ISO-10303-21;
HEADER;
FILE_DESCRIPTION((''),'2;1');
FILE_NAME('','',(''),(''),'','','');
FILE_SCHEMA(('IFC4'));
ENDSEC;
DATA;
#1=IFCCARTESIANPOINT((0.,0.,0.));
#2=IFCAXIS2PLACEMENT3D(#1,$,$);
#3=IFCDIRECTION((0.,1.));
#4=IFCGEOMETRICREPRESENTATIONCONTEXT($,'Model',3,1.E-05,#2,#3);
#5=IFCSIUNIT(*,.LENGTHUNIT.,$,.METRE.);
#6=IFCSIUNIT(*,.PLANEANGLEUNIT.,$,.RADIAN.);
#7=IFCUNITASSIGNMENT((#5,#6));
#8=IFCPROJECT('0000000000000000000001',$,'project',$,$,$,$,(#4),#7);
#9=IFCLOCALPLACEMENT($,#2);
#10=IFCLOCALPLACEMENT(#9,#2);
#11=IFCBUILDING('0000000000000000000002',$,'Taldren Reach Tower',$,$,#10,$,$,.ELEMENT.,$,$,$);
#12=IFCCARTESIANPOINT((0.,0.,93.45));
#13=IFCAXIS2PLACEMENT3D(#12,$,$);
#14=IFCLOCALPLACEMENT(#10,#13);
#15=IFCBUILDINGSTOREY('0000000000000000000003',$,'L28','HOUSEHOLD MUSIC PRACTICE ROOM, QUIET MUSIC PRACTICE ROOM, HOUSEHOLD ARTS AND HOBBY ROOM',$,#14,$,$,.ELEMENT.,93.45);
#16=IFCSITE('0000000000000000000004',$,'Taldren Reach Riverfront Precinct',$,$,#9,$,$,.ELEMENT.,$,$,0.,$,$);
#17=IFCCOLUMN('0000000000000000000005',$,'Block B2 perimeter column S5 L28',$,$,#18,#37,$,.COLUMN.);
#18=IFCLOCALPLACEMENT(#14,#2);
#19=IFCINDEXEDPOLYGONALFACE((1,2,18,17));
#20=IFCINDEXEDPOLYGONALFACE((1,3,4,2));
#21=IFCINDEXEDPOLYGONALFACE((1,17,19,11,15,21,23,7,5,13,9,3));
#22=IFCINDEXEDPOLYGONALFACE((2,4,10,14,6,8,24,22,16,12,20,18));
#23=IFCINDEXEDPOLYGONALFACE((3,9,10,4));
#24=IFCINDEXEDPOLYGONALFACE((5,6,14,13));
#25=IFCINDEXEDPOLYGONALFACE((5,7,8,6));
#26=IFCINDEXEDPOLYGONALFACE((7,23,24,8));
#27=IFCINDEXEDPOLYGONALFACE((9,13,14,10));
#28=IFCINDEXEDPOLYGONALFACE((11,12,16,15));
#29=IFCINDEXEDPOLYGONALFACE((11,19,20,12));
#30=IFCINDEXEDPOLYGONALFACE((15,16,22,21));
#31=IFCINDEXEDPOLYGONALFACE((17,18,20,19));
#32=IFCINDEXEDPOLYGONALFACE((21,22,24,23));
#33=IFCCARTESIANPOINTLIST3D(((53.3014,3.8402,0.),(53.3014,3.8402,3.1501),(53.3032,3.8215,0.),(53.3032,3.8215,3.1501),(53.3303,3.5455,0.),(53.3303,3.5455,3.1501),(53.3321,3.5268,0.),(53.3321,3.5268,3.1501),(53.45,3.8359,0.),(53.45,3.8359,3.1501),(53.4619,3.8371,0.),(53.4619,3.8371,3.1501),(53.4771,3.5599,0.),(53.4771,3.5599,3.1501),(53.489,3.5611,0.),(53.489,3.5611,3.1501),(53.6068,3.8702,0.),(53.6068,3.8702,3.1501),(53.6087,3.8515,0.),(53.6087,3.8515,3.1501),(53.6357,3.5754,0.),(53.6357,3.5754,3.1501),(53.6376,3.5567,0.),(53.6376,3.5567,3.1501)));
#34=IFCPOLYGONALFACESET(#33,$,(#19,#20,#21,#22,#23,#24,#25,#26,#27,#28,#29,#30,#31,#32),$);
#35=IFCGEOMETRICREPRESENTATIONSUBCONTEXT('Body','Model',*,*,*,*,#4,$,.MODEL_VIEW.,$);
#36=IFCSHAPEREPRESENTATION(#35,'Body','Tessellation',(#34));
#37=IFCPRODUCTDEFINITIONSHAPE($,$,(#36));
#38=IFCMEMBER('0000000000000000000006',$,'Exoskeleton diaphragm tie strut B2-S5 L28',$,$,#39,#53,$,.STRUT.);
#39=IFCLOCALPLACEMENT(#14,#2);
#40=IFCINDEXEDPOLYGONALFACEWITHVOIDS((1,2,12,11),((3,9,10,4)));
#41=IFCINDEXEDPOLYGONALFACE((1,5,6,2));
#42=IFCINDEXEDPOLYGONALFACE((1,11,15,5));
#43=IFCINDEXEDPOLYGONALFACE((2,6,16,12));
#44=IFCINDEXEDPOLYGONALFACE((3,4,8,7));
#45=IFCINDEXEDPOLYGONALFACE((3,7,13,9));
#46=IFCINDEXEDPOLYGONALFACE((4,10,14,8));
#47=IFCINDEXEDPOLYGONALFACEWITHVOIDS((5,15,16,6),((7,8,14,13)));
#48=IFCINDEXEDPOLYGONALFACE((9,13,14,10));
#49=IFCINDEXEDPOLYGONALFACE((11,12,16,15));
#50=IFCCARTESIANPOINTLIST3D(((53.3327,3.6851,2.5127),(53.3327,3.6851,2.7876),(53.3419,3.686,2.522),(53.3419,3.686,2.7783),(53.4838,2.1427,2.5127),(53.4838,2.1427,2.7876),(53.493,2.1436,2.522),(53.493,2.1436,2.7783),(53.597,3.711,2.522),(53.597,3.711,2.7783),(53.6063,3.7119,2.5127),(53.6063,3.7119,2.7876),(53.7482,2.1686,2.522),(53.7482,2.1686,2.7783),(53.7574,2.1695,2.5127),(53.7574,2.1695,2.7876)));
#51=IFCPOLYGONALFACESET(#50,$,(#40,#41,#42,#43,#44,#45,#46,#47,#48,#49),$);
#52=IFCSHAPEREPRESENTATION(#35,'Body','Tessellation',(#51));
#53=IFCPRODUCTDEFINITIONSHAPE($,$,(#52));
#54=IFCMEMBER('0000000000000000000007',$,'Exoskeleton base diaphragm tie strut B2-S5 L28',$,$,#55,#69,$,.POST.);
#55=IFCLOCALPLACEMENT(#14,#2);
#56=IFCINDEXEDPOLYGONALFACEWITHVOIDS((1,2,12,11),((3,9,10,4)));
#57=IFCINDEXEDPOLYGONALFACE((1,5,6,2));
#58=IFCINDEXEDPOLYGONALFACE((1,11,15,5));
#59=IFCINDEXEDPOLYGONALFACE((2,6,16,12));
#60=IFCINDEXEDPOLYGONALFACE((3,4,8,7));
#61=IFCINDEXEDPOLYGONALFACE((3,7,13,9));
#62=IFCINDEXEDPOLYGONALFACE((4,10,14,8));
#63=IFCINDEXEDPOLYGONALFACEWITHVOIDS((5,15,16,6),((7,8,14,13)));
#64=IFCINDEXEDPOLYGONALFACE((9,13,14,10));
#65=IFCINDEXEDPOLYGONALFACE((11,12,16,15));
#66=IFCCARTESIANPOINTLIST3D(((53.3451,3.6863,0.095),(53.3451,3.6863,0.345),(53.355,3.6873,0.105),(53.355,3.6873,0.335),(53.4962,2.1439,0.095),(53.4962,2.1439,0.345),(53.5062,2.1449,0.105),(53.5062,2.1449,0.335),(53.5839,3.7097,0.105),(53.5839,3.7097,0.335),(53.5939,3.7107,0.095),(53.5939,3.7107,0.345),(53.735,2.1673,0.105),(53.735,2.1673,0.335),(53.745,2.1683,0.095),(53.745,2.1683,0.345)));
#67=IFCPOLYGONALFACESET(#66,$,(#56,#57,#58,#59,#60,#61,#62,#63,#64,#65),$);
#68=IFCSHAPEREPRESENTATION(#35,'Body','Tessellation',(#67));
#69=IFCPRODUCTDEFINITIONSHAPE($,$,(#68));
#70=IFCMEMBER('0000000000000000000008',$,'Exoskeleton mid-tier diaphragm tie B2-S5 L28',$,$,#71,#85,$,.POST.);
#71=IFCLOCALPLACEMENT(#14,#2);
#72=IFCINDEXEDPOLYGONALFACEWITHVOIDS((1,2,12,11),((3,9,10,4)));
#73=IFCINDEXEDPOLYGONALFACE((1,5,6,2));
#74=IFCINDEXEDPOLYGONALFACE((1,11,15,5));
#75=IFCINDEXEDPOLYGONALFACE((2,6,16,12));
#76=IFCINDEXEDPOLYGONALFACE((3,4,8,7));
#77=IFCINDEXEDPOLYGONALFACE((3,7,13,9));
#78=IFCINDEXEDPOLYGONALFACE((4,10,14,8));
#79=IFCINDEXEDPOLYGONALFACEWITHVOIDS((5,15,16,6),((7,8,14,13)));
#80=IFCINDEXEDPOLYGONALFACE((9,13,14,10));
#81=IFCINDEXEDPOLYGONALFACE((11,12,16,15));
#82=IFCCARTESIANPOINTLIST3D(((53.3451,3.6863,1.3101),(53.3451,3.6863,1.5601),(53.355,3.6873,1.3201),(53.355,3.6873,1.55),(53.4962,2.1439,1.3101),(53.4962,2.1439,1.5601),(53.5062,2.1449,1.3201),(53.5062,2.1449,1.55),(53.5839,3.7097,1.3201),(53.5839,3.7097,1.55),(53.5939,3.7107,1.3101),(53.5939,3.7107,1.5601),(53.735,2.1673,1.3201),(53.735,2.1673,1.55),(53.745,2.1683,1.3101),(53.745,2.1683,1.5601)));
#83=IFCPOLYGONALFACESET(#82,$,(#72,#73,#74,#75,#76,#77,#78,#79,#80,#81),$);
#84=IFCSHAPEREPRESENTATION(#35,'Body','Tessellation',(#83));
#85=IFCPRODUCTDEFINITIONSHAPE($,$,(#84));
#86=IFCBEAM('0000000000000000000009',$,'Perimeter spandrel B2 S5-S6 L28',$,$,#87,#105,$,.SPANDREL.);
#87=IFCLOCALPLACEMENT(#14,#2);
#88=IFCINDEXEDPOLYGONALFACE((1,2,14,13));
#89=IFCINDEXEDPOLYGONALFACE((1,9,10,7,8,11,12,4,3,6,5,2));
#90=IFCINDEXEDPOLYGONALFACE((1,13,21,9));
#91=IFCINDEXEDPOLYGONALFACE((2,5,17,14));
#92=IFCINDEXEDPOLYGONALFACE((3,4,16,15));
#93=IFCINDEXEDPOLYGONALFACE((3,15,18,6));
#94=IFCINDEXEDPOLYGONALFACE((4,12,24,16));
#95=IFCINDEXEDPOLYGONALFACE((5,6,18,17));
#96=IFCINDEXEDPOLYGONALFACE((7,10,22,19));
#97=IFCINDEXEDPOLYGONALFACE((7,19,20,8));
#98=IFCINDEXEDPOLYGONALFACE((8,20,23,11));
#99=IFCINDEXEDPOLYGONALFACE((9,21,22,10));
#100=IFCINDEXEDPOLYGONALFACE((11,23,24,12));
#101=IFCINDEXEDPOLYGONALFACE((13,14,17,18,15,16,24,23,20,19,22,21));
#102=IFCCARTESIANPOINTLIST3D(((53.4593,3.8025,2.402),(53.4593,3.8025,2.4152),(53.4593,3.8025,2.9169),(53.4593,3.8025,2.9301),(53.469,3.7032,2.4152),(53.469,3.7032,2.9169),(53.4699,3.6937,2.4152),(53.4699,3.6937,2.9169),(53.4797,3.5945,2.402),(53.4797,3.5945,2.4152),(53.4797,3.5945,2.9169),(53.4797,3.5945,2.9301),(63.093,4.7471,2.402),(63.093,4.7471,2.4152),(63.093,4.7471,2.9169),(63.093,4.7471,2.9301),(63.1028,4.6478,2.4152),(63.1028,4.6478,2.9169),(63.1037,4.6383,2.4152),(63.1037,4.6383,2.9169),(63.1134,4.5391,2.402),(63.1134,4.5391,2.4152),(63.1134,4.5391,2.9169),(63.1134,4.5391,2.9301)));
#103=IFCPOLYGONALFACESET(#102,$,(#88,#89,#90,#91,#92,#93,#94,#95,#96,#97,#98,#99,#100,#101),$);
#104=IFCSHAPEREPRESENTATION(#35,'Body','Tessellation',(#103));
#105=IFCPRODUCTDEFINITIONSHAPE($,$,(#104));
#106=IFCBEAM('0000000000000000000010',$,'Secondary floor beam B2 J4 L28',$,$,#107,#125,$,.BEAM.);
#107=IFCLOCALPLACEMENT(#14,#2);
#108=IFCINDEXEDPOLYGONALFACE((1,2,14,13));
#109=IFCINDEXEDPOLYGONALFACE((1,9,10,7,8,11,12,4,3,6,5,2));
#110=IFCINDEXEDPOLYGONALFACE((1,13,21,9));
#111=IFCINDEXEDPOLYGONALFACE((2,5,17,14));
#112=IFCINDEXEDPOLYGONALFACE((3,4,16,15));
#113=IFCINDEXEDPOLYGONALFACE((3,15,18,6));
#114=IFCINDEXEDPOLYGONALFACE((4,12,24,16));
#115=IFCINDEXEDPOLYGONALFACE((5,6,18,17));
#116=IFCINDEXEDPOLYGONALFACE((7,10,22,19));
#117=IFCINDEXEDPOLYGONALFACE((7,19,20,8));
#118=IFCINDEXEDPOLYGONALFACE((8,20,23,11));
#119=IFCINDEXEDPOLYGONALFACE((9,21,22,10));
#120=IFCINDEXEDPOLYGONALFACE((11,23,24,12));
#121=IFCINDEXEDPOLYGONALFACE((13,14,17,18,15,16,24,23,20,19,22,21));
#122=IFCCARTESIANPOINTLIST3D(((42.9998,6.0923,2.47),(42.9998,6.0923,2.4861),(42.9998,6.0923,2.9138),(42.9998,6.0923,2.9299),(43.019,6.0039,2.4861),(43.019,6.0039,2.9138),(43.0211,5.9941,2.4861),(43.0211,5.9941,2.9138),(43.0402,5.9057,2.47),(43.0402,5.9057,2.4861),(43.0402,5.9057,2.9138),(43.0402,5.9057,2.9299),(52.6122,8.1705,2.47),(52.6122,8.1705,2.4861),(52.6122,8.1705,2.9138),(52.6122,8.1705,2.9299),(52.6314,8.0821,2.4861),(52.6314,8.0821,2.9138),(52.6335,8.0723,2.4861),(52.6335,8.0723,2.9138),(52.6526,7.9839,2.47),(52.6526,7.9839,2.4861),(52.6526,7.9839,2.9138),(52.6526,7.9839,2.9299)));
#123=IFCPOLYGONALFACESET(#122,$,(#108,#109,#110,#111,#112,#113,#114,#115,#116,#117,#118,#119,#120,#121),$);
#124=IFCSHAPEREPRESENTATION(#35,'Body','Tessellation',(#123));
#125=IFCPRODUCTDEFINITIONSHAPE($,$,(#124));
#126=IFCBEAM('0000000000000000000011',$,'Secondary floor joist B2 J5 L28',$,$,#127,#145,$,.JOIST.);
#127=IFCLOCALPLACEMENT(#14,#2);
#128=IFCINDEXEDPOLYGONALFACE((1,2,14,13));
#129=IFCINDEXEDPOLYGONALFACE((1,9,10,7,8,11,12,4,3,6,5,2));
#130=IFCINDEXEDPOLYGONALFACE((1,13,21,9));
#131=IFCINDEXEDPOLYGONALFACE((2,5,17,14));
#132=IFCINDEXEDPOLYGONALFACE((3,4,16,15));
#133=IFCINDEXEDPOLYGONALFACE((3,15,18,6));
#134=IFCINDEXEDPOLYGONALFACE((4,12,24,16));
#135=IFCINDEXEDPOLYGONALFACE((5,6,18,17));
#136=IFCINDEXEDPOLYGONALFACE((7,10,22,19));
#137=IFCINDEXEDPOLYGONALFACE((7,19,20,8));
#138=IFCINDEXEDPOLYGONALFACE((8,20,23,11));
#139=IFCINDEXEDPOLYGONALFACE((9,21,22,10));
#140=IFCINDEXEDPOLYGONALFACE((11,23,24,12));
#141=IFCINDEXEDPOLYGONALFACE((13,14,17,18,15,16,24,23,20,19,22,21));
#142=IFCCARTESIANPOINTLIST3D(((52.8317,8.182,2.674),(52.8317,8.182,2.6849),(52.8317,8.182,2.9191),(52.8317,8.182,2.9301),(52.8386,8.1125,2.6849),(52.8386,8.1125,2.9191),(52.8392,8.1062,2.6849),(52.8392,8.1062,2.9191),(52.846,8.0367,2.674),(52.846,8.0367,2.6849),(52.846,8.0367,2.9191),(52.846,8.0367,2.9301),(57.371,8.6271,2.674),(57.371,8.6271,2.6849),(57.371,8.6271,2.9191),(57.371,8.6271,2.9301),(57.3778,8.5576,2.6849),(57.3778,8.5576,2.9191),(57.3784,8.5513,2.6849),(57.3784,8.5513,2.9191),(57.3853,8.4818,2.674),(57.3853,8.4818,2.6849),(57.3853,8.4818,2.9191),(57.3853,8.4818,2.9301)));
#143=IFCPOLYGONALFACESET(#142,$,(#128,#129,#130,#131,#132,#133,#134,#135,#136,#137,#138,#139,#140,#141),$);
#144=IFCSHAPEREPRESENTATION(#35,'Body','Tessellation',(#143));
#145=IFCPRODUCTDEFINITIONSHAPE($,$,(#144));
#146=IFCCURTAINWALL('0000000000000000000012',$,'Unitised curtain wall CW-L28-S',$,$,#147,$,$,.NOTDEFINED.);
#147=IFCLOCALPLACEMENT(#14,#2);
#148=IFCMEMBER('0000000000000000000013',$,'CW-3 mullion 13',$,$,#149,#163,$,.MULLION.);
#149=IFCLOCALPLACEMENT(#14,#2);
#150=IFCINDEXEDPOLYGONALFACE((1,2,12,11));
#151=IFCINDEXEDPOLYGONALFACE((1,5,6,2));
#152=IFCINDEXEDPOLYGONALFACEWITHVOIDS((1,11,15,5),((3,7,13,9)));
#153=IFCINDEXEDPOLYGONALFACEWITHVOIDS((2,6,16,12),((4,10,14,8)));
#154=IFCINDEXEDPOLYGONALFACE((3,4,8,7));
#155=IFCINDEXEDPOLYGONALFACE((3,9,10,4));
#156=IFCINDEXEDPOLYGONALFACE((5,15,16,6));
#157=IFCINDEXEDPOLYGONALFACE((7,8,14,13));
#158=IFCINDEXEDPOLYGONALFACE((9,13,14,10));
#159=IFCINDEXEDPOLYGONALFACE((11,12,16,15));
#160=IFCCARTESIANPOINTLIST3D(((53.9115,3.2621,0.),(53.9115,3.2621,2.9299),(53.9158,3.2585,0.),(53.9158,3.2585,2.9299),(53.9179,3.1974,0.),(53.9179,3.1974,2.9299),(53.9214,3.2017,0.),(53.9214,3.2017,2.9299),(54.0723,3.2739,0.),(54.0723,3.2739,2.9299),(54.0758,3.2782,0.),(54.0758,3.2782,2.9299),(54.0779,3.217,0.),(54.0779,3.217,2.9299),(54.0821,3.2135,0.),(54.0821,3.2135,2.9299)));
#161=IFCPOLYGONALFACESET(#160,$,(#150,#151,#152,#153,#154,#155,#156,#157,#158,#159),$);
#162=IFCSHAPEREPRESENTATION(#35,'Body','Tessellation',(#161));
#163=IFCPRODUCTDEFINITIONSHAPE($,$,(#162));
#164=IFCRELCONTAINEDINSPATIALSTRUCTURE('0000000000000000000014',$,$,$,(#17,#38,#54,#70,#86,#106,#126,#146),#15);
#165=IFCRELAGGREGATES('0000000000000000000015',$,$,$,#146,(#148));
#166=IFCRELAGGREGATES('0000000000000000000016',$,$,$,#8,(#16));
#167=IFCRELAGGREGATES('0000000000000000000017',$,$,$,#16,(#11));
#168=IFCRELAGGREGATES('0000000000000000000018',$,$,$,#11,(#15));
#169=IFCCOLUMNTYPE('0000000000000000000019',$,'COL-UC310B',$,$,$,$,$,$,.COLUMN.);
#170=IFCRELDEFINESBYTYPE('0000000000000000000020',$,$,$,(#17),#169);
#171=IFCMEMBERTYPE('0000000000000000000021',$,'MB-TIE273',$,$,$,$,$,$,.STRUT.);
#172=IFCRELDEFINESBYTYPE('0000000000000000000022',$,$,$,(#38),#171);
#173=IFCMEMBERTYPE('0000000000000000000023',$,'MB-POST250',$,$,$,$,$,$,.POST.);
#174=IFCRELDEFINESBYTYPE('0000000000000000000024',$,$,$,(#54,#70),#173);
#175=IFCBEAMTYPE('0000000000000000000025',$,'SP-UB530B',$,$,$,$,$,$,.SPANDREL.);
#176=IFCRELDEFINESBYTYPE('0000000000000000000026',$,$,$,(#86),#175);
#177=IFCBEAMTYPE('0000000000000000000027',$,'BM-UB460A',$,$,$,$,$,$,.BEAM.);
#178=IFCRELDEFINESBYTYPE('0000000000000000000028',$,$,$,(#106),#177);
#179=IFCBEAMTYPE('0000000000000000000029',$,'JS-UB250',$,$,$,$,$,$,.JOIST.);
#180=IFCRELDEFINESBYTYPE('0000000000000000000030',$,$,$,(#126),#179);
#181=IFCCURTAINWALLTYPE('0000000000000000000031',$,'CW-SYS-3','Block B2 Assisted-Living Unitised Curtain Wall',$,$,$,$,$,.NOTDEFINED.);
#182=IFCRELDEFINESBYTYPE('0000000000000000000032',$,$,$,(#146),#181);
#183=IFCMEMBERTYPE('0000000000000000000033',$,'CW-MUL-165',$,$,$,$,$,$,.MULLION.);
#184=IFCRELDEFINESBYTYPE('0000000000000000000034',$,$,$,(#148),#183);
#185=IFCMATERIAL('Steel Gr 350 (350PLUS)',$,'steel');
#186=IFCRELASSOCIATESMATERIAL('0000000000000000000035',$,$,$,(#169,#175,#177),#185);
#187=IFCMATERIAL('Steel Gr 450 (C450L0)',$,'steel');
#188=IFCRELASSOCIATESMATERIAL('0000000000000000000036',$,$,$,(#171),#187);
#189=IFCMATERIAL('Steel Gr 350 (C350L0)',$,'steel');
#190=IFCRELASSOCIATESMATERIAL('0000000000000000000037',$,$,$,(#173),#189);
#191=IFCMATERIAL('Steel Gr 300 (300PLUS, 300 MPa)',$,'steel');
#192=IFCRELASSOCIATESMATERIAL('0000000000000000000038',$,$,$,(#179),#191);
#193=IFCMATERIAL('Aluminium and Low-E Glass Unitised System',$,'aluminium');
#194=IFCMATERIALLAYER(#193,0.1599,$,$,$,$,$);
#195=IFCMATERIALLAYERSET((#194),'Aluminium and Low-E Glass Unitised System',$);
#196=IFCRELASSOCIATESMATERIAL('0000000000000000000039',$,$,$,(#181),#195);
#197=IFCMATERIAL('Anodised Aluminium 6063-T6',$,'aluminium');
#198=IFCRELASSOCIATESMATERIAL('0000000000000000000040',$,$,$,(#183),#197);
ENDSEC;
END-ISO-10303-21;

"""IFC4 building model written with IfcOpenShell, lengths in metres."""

from ifc_helpers import new_model, si_unit, direction, frame, origin, origin_2d, place, context, subcontext, project, spatial, hollow_rectangle, i_section, extrude, source, transform, mapped, material, layer, layer_set, material_profile, profile_set, type_object, element, aggregate, save


model = new_model("IFC4")

# Units and contexts
model_context = context("Model", 3, precision=1e-05, world=origin(), true_north=direction((0.0, 1.0)))
body_context = subcontext(model_context, "Body", "Model", "MODEL_VIEW")
ifc_project = project(units=[si_unit("LENGTHUNIT", "METRE"), si_unit("PLANEANGLEUNIT", "RADIAN")], contexts=[model_context])

# Site, building, storey
site_placement = place(None, origin())
site = spatial("IfcSite", under=ifc_project, at=site_placement, Name="Taldren Reach Riverfront Precinct", CompositionType="ELEMENT", RefElevation=0.0)
building_placement = place(site_placement, origin())
building = spatial("IfcBuilding", under=site, at=building_placement, Name="Taldren Reach Tower", CompositionType="ELEMENT")
storey_placement = place(building_placement, frame((0.0, 0.0, 93.45)))
storey = spatial("IfcBuildingStorey", under=building, at=storey_placement, Name="L28", Description="HOUSEHOLD MUSIC PRACTICE ROOM, QUIET MUSIC PRACTICE ROOM, HOUSEHOLD ARTS AND HOBBY ROOM", CompositionType="ELEMENT", Elevation=93.45)

# Column
ifc_material_1 = material(Name="Steel Gr 350 (350PLUS)", Category="steel")
ifc_material_profile_1 = material_profile(ifc_material_1, i_section(OverallWidth=0.3069, OverallDepth=0.3149, WebThickness=0.012, FlangeThickness=0.0188, at=origin_2d()), Name="310UC118")
ifc_profile_set_1 = profile_set([ifc_material_profile_1], Name="Steel Gr 350 (350PLUS)")
column_type = type_object("IfcColumnType", Name="COL-UC310B", PredefinedType="COLUMN", material=ifc_profile_set_1)
shared_shape_1 = source(origin(), body_context, "Body", "SweptSolid", [
    extrude(i_section(OverallWidth=0.3069, OverallDepth=0.3149, WebThickness=0.012, FlangeThickness=0.0188, at=origin_2d()), origin(), (0.0, 0.0, 1.0), 3.1501),
])
column_placement = place(storey_placement, frame((53.4695, 3.6985, 0.0), z_axis=(0.0, 0.0, 1.0), x_axis=(0.995227, 0.097583, 0.0)))
element("IfcColumn", 1, at=column_placement, inside=storey, type_object=column_type, Name="Block B2 perimeter column S5 L28", PredefinedType="COLUMN", context=body_context, shape_type="MappedRepresentation", body=[
    mapped(shared_shape_1, transform((0.0, 0.0, 0.0), scale=1.0)),
])

# Members
ifc_material_2 = material(Name="Steel Gr 450 (C450L0)", Category="steel")
ifc_material_profile_2 = material_profile(ifc_material_2, hollow_rectangle(XDim=0.2749, YDim=0.2749, WallThickness=0.0093, at=origin_2d()), Name="275x275x9.3SHS")
ifc_profile_set_2 = profile_set([ifc_material_profile_2], Name="Steel Gr 450 (C450L0)")
member_type_1 = type_object("IfcMemberType", Name="MB-TIE273", PredefinedType="STRUT", material=ifc_profile_set_2)
shared_shape_2 = source(origin(), body_context, "Body", "SweptSolid", [
    extrude(hollow_rectangle(XDim=0.2749, YDim=0.2749, WallThickness=0.0093, at=origin_2d()), origin(), (0.0, 0.0, 1.0), 1.5498),
])
member_1_placement = place(storey_placement, frame((53.4695, 3.6985, 2.6501), z_axis=(0.097507, -0.995235, 0.0), x_axis=(0.995235, 0.097507, 0.0)))
element("IfcMember", 2, at=member_1_placement, inside=storey, type_object=member_type_1, Name="Exoskeleton diaphragm tie strut B2-S5 L28", PredefinedType="STRUT", context=body_context, shape_type="MappedRepresentation", body=[
    mapped(shared_shape_2, transform((0.0, 0.0, 0.0), scale=1.0)),
])
ifc_material_3 = material(Name="Steel Gr 350 (C350L0)", Category="steel")
ifc_material_profile_3 = material_profile(ifc_material_3, hollow_rectangle(XDim=0.25, YDim=0.25, WallThickness=0.01, at=origin_2d()), Name="250x250x10.0SHS")
ifc_profile_set_3 = profile_set([ifc_material_profile_3], Name="Steel Gr 350 (C350L0)")
member_type_2 = type_object("IfcMemberType", Name="MB-POST250", PredefinedType="POST", material=ifc_profile_set_3)
shared_shape_3 = source(origin(), body_context, "Body", "SweptSolid", [
    extrude(hollow_rectangle(XDim=0.25, YDim=0.25, WallThickness=0.01, at=origin_2d()), origin(), (0.0, 0.0, 1.0), 1.5498),
])
for number, where, z_axis, x_axis, name in (
    (3, (53.4695, 3.6985, 0.22), (0.097507, -0.995235, 0.0), (0.995235, 0.097507, 0.0), "Exoskeleton base diaphragm tie strut B2-S5 L28"),
    (4, (53.4695, 3.6985, 1.4351), (0.097507, -0.995235, 0.0), (0.995235, 0.097507, 0.0), "Exoskeleton mid-tier diaphragm tie B2-S5 L28"),
):
    element("IfcMember", number, at=place(storey_placement, frame(where, z_axis=z_axis, x_axis=x_axis)), inside=storey, type_object=member_type_2, Name=name, PredefinedType="POST", context=body_context, shape_type="MappedRepresentation", body=[
        mapped(shared_shape_3, transform((0.0, 0.0, 0.0), scale=1.0)),
    ])

# Beams
ifc_material_profile_4 = material_profile(ifc_material_1, i_section(OverallWidth=0.209, OverallDepth=0.5281, WebThickness=0.0095, FlangeThickness=0.0132, at=origin_2d()), Name="530UB82.0")
ifc_profile_set_4 = profile_set([ifc_material_profile_4], Name="Steel Gr 350 (350PLUS)")
beam_type_1 = type_object("IfcBeamType", Name="SP-UB530B", PredefinedType="SPANDREL", material=ifc_profile_set_4)
shared_shape_4 = source(origin(), body_context, "Body", "SweptSolid", [
    extrude(i_section(OverallWidth=0.209, OverallDepth=0.5281, WebThickness=0.0095, FlangeThickness=0.0132, at=origin_2d()), origin(), (0.0, 0.0, 1.0), 9.6799),
])
beam_1_placement = place(storey_placement, frame((53.4695, 3.6985, 2.666), z_axis=(0.995228, 0.097581, 0.0), x_axis=(-0.097581, 0.995228, 0.0)))
element("IfcBeam", 5, at=beam_1_placement, inside=storey, type_object=beam_type_1, Name="Perimeter spandrel B2 S5-S6 L28", PredefinedType="SPANDREL", context=body_context, shape_type="MappedRepresentation", body=[
    mapped(shared_shape_4, transform((0.0, 0.0, 0.0), scale=1.0)),
])
ifc_material_profile_5 = material_profile(ifc_material_1, i_section(OverallWidth=0.1909, OverallDepth=0.46, WebThickness=0.01, FlangeThickness=0.0161, at=origin_2d()), Name="460UB82.1")
ifc_profile_set_5 = profile_set([ifc_material_profile_5], Name="Steel Gr 350 (350PLUS)")
beam_type_2 = type_object("IfcBeamType", Name="BM-UB460A", PredefinedType="BEAM", material=ifc_profile_set_5)
shared_shape_5 = source(origin(), body_context, "Body", "SweptSolid", [
    extrude(i_section(OverallWidth=0.1909, OverallDepth=0.46, WebThickness=0.01, FlangeThickness=0.0161, at=origin_2d()), origin(), (0.0, 0.0, 1.0), 9.8345),
])
beam_2_placement = place(storey_placement, frame((43.02, 5.999, 2.7), z_axis=(0.977419, 0.211312, 0.0), x_axis=(-0.211312, 0.977419, 0.0)))
element("IfcBeam", 6, at=beam_2_placement, inside=storey, type_object=beam_type_2, Name="Secondary floor beam B2 J4 L28", PredefinedType="BEAM", context=body_context, shape_type="MappedRepresentation", body=[
    mapped(shared_shape_5, transform((0.0, 0.0, 0.0), scale=1.0)),
])
ifc_material_4 = material(Name="Steel Gr 300 (300PLUS, 300 MPa)", Category="steel")
ifc_material_profile_6 = material_profile(ifc_material_4, i_section(OverallWidth=0.146, OverallDepth=0.2561, WebThickness=0.0063, FlangeThickness=0.011, at=origin_2d()), Name="250UB37.3")
ifc_profile_set_6 = profile_set([ifc_material_profile_6], Name="Steel Gr 300 (300PLUS, 300 MPa)")
beam_type_3 = type_object("IfcBeamType", Name="JS-UB250", PredefinedType="JOIST", material=ifc_profile_set_6)
shared_shape_6 = source(origin(), body_context, "Body", "SweptSolid", [
    extrude(i_section(OverallWidth=0.146, OverallDepth=0.2561, WebThickness=0.0063, FlangeThickness=0.011, at=origin_2d()), origin(), (0.0, 0.0, 1.0), 4.561),
])
beam_3_placement = place(storey_placement, frame((52.8389, 8.1094, 2.802), z_axis=(0.995228, 0.09758, 0.0), x_axis=(-0.09758, 0.995228, 0.0)))
element("IfcBeam", 7, at=beam_3_placement, inside=storey, type_object=beam_type_3, Name="Secondary floor joist B2 J5 L28", PredefinedType="JOIST", context=body_context, shape_type="MappedRepresentation", body=[
    mapped(shared_shape_6, transform((0.0, 0.0, 0.0), scale=1.0)),
])

# Curtain wall, member
ifc_material_5 = material(Name="Aluminium and Low-E Glass Unitised System", Category="aluminium")
ifc_layer_1 = layer(ifc_material_5, 0.1599)
ifc_layer_set_1 = layer_set([ifc_layer_1], Name="Aluminium and Low-E Glass Unitised System")
curtain_wall_type = type_object("IfcCurtainWallType", Name="CW-SYS-3", Description="Block B2 Assisted-Living Unitised Curtain Wall", PredefinedType="NOTDEFINED", material=ifc_layer_set_1)
curtain_wall_placement = place(storey_placement, origin())
curtain_wall = element("IfcCurtainWall", 8, at=curtain_wall_placement, inside=storey, type_object=curtain_wall_type, Name="Unitised curtain wall CW-L28-S", PredefinedType="NOTDEFINED")
ifc_material_6 = material(Name="Anodised Aluminium 6063-T6", Category="aluminium")
ifc_material_profile_7 = material_profile(ifc_material_6, hollow_rectangle(XDim=0.0649, YDim=0.165, WallThickness=0.0039, at=origin_2d()), Name="ALU-165x65x4RHS")
ifc_profile_set_7 = profile_set([ifc_material_profile_7], Name="Anodised Aluminium 6063-T6")
member_type_3 = type_object("IfcMemberType", Name="CW-MUL-165", PredefinedType="MULLION", material=ifc_profile_set_7)
shared_shape_7 = source(origin(), body_context, "Body", "SweptSolid", [
    extrude(hollow_rectangle(XDim=0.0649, YDim=0.165, WallThickness=0.0039, at=origin_2d()), origin(), (0.0, 0.0, 1.0), 2.9299),
])
member_2_placement = place(storey_placement, frame((53.9968, 3.2378, 0.0), z_axis=(0.0, 0.0, 1.0), x_axis=(-0.097583, 0.995227, 0.0)))
member_2 = element("IfcMember", 9, at=member_2_placement, type_object=member_type_3, Name="CW-3 mullion 13", PredefinedType="MULLION", context=body_context, shape_type="MappedRepresentation", body=[
    mapped(shared_shape_7, transform((0.0, 0.0, 0.0), scale=1.0)),
])
aggregate(curtain_wall, [member_2])

save(model, "model.ifc")
